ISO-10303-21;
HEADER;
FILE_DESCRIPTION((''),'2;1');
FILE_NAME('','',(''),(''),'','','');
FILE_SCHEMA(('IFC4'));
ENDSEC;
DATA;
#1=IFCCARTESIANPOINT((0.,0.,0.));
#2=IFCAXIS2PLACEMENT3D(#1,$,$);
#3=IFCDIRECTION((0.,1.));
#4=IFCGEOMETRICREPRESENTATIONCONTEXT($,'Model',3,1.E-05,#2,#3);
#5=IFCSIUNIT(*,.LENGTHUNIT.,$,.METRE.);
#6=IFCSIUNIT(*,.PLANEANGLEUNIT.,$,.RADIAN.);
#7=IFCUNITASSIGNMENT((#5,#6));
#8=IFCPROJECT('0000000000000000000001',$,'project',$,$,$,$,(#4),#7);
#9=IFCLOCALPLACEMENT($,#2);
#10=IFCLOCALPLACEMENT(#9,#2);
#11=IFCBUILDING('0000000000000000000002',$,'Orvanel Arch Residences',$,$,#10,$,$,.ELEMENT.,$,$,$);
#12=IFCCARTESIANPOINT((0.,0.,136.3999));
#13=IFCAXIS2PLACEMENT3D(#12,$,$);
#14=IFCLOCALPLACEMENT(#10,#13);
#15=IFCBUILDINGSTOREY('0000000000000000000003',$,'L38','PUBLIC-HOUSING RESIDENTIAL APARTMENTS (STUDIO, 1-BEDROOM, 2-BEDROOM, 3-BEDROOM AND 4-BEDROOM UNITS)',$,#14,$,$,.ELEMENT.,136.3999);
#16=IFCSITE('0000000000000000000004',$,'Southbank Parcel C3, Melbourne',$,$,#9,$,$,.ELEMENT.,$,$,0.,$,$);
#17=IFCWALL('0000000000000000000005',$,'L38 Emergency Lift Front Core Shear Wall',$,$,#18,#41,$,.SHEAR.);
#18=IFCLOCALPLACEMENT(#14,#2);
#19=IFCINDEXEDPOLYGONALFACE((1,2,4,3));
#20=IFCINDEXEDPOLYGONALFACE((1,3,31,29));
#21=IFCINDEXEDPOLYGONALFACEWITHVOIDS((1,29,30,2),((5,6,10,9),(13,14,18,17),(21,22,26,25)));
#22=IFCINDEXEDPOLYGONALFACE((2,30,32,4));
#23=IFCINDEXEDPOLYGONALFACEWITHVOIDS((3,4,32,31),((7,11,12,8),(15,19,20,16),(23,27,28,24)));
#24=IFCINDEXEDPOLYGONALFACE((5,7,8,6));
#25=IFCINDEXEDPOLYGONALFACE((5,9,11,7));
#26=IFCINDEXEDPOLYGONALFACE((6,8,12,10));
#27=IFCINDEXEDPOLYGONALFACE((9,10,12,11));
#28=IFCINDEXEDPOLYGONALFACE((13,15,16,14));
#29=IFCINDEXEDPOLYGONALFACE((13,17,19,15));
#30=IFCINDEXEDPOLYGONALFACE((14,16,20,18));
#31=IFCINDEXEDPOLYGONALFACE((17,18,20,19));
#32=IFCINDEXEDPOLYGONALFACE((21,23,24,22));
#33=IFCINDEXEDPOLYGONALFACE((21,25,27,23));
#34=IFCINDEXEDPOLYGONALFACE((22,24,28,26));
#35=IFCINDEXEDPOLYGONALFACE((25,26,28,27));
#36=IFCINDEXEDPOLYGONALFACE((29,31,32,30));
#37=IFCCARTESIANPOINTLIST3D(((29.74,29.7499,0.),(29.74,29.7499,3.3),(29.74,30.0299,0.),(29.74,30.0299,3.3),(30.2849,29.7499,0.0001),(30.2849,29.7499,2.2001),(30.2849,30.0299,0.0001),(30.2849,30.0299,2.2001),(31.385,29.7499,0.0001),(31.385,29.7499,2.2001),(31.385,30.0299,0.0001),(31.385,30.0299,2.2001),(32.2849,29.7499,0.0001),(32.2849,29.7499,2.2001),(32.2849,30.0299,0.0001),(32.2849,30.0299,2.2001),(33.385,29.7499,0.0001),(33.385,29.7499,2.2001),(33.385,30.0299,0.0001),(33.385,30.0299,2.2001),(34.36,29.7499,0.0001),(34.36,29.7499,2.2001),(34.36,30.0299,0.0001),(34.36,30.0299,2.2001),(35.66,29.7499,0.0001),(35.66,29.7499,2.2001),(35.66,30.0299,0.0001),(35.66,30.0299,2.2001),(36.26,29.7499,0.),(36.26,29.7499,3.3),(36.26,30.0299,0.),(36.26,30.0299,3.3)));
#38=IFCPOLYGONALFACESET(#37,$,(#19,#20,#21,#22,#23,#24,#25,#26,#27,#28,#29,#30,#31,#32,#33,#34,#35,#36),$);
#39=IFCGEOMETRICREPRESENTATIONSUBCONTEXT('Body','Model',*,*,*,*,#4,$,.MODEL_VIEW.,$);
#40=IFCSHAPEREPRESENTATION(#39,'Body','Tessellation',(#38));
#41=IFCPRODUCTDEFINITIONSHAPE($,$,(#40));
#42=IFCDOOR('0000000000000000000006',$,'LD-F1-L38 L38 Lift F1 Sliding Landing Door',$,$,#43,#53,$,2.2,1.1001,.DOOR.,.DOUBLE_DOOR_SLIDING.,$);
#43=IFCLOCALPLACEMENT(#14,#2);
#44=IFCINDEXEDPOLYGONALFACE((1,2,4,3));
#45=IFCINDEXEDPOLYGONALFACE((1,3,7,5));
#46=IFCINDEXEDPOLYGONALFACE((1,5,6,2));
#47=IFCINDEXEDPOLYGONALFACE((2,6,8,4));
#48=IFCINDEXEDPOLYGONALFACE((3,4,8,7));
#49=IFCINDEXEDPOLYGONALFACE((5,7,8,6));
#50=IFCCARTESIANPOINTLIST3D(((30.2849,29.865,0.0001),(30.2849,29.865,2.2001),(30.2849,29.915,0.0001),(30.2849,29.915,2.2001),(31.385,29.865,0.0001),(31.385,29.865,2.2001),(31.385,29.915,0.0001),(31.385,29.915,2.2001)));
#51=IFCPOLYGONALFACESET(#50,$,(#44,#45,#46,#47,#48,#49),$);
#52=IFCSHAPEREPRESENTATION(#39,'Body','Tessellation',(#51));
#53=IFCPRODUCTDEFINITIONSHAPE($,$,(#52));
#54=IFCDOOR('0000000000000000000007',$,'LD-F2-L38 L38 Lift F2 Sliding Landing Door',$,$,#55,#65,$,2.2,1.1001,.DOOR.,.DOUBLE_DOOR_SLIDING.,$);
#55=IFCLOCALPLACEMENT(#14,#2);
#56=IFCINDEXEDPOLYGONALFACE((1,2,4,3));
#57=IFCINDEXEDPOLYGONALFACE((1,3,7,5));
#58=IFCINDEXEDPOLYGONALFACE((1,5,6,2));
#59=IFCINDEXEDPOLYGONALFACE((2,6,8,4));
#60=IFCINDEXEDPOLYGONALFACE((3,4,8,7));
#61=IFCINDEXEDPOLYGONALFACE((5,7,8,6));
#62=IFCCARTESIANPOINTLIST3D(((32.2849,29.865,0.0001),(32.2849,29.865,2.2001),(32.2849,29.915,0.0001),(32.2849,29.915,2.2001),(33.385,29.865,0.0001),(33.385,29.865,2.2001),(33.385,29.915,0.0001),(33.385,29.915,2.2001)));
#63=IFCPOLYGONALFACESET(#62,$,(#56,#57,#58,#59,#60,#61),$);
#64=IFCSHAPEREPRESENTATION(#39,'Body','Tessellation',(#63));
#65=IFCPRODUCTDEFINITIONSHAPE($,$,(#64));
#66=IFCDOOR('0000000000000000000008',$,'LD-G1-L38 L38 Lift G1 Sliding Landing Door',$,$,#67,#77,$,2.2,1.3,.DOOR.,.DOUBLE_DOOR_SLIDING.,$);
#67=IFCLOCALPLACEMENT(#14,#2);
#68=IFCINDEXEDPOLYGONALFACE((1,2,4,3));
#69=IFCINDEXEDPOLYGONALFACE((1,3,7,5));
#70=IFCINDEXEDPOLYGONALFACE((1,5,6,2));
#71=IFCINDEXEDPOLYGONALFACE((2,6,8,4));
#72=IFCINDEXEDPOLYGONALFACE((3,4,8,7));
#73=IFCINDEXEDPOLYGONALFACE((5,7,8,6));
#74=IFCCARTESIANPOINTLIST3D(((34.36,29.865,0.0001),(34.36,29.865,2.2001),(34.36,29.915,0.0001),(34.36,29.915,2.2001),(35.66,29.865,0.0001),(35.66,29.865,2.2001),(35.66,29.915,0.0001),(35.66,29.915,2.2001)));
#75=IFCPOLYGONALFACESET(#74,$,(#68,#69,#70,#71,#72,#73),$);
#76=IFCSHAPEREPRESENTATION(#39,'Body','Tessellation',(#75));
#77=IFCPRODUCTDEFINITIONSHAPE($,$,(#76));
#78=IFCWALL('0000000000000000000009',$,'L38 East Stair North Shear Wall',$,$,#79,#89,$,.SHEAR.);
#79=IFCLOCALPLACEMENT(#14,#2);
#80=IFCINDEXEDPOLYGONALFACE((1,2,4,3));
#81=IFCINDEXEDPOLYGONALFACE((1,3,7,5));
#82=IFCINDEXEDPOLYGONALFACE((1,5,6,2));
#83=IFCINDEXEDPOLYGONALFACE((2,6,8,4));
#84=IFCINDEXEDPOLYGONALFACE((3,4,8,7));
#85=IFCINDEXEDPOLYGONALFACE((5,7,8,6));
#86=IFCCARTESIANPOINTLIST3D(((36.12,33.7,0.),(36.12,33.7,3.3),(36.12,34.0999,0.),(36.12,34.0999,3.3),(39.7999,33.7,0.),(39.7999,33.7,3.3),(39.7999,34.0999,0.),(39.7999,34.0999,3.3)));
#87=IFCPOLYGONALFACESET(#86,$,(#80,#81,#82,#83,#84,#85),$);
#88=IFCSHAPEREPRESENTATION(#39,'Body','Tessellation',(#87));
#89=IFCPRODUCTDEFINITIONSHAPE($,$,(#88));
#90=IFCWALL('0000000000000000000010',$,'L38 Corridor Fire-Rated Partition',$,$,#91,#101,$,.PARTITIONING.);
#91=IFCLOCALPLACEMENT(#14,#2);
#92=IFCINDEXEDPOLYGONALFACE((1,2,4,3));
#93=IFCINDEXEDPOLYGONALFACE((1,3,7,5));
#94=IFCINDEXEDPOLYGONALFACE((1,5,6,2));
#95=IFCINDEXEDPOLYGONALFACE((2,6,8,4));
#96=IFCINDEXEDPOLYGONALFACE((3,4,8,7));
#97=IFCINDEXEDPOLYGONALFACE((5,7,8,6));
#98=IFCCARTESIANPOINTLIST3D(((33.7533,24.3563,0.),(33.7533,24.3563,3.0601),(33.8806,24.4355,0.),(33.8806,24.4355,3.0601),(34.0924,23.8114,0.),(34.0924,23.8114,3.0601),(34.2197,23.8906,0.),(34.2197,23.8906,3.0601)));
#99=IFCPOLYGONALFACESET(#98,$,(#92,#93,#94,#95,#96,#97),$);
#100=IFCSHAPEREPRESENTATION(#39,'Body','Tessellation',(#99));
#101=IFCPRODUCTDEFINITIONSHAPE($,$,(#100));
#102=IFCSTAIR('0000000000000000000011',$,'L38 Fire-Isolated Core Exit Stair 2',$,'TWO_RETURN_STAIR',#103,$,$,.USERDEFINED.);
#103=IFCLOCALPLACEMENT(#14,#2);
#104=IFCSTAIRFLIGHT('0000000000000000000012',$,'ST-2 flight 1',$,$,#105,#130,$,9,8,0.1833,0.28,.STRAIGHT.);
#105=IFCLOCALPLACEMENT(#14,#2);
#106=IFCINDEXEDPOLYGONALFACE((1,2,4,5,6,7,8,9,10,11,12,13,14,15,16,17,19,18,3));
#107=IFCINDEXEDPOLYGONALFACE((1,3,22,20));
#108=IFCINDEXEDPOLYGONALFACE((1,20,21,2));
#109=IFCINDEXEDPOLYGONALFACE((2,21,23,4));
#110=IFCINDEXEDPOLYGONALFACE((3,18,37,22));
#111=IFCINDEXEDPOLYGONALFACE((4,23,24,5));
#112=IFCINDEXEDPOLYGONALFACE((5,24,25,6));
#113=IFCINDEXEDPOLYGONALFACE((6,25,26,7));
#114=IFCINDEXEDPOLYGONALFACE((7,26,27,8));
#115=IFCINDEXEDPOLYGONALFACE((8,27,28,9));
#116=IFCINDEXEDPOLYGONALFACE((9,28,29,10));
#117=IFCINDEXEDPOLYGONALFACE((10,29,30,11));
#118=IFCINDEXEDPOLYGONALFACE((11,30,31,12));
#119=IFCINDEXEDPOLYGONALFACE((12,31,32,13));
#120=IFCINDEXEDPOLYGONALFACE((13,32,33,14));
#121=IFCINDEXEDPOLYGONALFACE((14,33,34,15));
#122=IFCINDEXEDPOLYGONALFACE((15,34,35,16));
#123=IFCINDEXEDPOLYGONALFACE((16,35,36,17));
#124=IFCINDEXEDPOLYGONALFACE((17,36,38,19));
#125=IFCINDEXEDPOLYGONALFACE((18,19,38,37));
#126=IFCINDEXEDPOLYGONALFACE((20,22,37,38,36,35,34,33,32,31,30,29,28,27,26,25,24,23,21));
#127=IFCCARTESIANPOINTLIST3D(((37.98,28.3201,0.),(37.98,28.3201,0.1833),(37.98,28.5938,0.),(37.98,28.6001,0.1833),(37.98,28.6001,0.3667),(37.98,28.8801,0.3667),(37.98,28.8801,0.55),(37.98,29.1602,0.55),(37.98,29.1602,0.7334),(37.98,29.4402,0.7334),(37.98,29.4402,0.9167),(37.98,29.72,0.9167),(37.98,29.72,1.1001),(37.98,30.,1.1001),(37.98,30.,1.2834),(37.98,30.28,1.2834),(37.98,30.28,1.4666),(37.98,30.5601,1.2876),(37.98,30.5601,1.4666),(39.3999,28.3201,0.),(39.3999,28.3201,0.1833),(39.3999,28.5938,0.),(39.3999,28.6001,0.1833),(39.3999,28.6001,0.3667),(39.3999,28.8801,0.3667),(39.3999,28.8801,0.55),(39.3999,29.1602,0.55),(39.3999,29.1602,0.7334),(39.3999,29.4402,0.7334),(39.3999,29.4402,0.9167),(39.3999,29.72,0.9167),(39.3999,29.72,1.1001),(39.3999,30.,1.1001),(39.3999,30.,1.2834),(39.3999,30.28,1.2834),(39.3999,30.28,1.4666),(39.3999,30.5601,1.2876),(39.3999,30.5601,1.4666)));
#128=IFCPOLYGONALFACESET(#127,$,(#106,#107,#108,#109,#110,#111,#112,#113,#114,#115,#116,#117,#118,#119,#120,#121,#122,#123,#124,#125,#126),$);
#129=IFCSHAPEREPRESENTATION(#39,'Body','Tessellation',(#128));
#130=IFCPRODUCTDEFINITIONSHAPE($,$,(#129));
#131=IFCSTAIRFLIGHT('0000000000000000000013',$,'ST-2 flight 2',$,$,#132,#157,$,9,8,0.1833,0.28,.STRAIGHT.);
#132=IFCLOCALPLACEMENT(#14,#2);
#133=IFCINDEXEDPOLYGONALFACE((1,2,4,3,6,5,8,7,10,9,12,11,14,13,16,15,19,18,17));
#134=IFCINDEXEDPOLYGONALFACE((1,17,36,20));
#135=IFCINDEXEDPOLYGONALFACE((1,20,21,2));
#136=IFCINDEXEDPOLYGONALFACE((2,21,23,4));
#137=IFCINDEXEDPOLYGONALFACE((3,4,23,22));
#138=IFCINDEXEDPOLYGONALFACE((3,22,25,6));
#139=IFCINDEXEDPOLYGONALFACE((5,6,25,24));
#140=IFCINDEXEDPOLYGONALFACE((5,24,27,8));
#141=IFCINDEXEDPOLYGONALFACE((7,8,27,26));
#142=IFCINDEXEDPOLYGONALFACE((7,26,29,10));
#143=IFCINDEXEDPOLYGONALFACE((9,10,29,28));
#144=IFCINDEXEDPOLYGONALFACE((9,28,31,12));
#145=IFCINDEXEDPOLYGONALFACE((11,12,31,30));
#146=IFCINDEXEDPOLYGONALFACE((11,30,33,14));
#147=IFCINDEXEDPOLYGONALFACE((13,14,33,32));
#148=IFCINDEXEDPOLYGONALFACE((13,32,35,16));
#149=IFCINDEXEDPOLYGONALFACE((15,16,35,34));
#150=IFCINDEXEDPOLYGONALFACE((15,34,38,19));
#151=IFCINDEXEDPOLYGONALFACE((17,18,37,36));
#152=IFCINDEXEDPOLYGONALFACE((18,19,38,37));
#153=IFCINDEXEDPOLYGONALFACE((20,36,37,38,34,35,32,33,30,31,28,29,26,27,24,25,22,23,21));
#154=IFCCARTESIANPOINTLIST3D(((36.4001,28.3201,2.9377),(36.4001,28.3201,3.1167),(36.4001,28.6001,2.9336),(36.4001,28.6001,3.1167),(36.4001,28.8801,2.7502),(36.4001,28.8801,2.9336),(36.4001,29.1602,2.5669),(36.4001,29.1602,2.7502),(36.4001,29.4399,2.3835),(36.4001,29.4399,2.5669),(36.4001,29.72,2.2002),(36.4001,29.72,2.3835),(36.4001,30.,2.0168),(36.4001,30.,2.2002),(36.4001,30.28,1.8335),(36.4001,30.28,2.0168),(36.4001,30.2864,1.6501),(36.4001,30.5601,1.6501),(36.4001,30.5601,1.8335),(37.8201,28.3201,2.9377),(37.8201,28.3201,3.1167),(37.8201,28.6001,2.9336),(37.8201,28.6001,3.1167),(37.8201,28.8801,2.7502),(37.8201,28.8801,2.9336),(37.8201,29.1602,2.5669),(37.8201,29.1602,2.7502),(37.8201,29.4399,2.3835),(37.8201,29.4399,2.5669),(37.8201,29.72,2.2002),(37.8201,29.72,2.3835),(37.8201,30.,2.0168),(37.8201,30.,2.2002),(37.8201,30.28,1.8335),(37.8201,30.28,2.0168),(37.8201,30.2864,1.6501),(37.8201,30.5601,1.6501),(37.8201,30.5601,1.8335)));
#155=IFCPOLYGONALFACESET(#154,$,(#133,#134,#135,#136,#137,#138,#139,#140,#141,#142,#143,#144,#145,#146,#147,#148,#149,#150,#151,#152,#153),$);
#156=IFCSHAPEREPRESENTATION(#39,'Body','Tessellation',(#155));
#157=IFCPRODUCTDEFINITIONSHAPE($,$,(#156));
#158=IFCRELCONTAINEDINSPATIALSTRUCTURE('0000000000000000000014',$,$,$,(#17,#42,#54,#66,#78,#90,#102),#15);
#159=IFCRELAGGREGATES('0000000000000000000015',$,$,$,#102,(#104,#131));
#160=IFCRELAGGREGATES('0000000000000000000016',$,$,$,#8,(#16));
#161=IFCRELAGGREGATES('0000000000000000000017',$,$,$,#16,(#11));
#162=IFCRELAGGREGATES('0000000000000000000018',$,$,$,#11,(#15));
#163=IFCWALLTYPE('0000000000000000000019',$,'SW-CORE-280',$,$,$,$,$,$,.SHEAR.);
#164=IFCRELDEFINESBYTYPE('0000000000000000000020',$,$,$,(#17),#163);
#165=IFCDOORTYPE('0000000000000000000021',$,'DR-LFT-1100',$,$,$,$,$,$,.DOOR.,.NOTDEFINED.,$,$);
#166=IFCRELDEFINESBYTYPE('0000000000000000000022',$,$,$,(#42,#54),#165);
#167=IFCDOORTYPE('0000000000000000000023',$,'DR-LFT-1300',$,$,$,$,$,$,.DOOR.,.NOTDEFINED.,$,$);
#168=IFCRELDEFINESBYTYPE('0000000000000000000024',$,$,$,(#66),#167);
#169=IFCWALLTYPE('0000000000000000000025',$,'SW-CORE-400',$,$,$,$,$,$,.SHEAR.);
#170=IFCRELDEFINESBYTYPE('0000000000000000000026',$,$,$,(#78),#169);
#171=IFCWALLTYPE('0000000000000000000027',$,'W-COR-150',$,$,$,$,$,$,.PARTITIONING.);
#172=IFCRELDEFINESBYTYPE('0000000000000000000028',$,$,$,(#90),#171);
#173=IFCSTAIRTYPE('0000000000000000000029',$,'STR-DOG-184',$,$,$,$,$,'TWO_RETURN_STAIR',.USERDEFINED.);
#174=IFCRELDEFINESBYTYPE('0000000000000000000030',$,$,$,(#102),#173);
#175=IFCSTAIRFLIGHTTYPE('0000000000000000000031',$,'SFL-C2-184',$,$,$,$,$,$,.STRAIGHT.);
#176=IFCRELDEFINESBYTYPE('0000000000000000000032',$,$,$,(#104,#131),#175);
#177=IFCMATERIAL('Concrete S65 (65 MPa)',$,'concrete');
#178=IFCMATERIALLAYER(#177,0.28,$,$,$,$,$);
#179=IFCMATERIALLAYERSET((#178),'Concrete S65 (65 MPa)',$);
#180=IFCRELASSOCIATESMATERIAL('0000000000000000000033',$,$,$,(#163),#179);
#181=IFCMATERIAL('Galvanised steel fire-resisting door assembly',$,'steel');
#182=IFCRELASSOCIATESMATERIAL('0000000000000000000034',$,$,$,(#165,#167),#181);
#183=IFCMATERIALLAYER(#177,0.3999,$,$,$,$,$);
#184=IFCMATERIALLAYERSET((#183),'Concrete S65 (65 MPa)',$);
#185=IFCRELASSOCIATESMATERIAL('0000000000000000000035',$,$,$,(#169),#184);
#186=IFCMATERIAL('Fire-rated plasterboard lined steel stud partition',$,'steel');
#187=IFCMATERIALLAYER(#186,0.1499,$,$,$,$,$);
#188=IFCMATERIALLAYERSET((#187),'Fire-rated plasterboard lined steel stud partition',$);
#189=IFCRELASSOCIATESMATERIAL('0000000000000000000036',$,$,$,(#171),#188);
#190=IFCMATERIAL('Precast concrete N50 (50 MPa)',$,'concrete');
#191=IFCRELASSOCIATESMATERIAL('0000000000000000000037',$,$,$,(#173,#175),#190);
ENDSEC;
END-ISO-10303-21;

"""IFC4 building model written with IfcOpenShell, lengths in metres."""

from ifc_helpers import new_model, si_unit, direction, frame, frame_2d, origin, place, context, subcontext, project, spatial, polyline, rectangle, outline, extrude, material, layer, layer_set, type_object, element, fill, aggregate, save


model = new_model("IFC4")

# Units and contexts
model_context = context("Model", 3, precision=1e-05, world=origin(), true_north=direction((0.0, 1.0)))
body_context = subcontext(model_context, "Body", "Model", "MODEL_VIEW")
ifc_project = project(units=[si_unit("LENGTHUNIT", "METRE"), si_unit("PLANEANGLEUNIT", "RADIAN")], contexts=[model_context])

# Site, building, storey
site_placement = place(None, origin())
site = spatial("IfcSite", under=ifc_project, at=site_placement, Name="Southbank Parcel C3, Melbourne", CompositionType="ELEMENT", RefElevation=0.0)
building_placement = place(site_placement, origin())
building = spatial("IfcBuilding", under=site, at=building_placement, Name="Orvanel Arch Residences", CompositionType="ELEMENT")
storey_placement = place(building_placement, frame((0.0, 0.0, 136.3999)))
storey = spatial("IfcBuildingStorey", under=building, at=storey_placement, Name="L38", Description="PUBLIC-HOUSING RESIDENTIAL APARTMENTS (STUDIO, 1-BEDROOM, 2-BEDROOM, 3-BEDROOM AND 4-BEDROOM UNITS)", CompositionType="ELEMENT", Elevation=136.3999)

# Shared definitions
ifc_material_1 = material(Name="Concrete S65 (65 MPa)", Category="concrete")
ifc_layer_1 = layer(ifc_material_1, 0.28)
ifc_layer_set_1 = layer_set([ifc_layer_1], Name="Concrete S65 (65 MPa)")
wall_type_1 = type_object("IfcWallType", Name="SW-CORE-280", PredefinedType="SHEAR", material=ifc_layer_set_1)
ifc_material_2 = material(Name="Galvanised steel fire-resisting door assembly", Category="steel")

# Wall, openings, doors
wall_1_placement = place(storey_placement, frame((36.26, 29.8899, 0.0), z_axis=(0.0, 0.0, 1.0), x_axis=(-1.0, 0.0, 0.0)))
wall_1 = element("IfcWall", 1, at=wall_1_placement, inside=storey, type_object=wall_type_1, Name="L38 Emergency Lift Front Core Shear Wall", PredefinedType="SHEAR", context=body_context, shape_type="SweptSolid", body=[
    extrude(rectangle(XDim=6.52, YDim=0.28, at=frame_2d((3.26, 0.0))), origin(), (0.0, 0.0, 1.0), 3.3),
])
opening_1_placement = place(wall_1_placement, frame((4.875, 0.0, 0.0)))
opening_1 = element("IfcOpeningElement", 2, at=opening_1_placement, cuts=wall_1, PredefinedType="OPENING", context=body_context, shape_type="SweptSolid", body=[
    extrude(rectangle(XDim=1.1001, YDim=2.2, at=frame_2d((0.55, 1.1001))), frame((0.0, 0.1499, 0.0), z_axis=(0.0, -1.0, 0.0), x_axis=(1.0, 0.0, 0.0)), (0.0, 0.0, 1.0), 0.3),
])
opening_2_placement = place(wall_1_placement, frame((2.875, 0.0, 0.0)))
opening_2 = element("IfcOpeningElement", 3, at=opening_2_placement, cuts=wall_1, PredefinedType="OPENING", context=body_context, shape_type="SweptSolid", body=[
    extrude(rectangle(XDim=1.1001, YDim=2.2, at=frame_2d((0.55, 1.1001))), frame((0.0, 0.1499, 0.0), z_axis=(0.0, -1.0, 0.0), x_axis=(1.0, 0.0, 0.0)), (0.0, 0.0, 1.0), 0.3),
])
opening_3_placement = place(wall_1_placement, frame((0.6001, 0.0, 0.0)))
opening_3 = element("IfcOpeningElement", 4, at=opening_3_placement, cuts=wall_1, PredefinedType="OPENING", context=body_context, shape_type="SweptSolid", body=[
    extrude(rectangle(XDim=1.3, YDim=2.2, at=frame_2d((0.6499, 1.1001))), frame((0.0, 0.1499, 0.0), z_axis=(0.0, -1.0, 0.0), x_axis=(1.0, 0.0, 0.0)), (0.0, 0.0, 1.0), 0.3),
])
door_type_1 = type_object("IfcDoorType", Name="DR-LFT-1100", OperationType="NOTDEFINED", PredefinedType="DOOR", material=ifc_material_2)
door_1_placement = place(opening_1_placement, origin())
door_1 = element("IfcDoor", 5, at=door_1_placement, inside=storey, type_object=door_type_1, Name="LD-F1-L38 L38 Lift F1 Sliding Landing Door", OperationType="DOUBLE_DOOR_SLIDING", OverallHeight=2.2, OverallWidth=1.1001, PredefinedType="DOOR", context=body_context, shape_type="SweptSolid", body=[
    extrude(rectangle(XDim=1.1001, YDim=2.2, at=frame_2d((0.55, 1.1001))), frame((0.0, 0.0249, 0.0), z_axis=(0.0, -1.0, 0.0), x_axis=(1.0, 0.0, 0.0)), (0.0, 0.0, 1.0), 0.05),
])
fill(opening_1, door_1)
door_2_placement = place(opening_2_placement, origin())
door_2 = element("IfcDoor", 6, at=door_2_placement, inside=storey, type_object=door_type_1, Name="LD-F2-L38 L38 Lift F2 Sliding Landing Door", OperationType="DOUBLE_DOOR_SLIDING", OverallHeight=2.2, OverallWidth=1.1001, PredefinedType="DOOR", context=body_context, shape_type="SweptSolid", body=[
    extrude(rectangle(XDim=1.1001, YDim=2.2, at=frame_2d((0.55, 1.1001))), frame((0.0, 0.0249, 0.0), z_axis=(0.0, -1.0, 0.0), x_axis=(1.0, 0.0, 0.0)), (0.0, 0.0, 1.0), 0.05),
])
fill(opening_2, door_2)
door_type_2 = type_object("IfcDoorType", Name="DR-LFT-1300", OperationType="NOTDEFINED", PredefinedType="DOOR", material=ifc_material_2)
door_3_placement = place(opening_3_placement, origin())
door_3 = element("IfcDoor", 7, at=door_3_placement, inside=storey, type_object=door_type_2, Name="LD-G1-L38 L38 Lift G1 Sliding Landing Door", OperationType="DOUBLE_DOOR_SLIDING", OverallHeight=2.2, OverallWidth=1.3, PredefinedType="DOOR", context=body_context, shape_type="SweptSolid", body=[
    extrude(rectangle(XDim=1.3, YDim=2.2, at=frame_2d((0.6499, 1.1001))), frame((0.0, 0.0249, 0.0), z_axis=(0.0, -1.0, 0.0), x_axis=(1.0, 0.0, 0.0)), (0.0, 0.0, 1.0), 0.05),
])
fill(opening_3, door_3)

# Walls
ifc_layer_2 = layer(ifc_material_1, 0.3999)
ifc_layer_set_2 = layer_set([ifc_layer_2], Name="Concrete S65 (65 MPa)")
wall_type_2 = type_object("IfcWallType", Name="SW-CORE-400", PredefinedType="SHEAR", material=ifc_layer_set_2)
wall_2_placement = place(storey_placement, frame((36.1201, 33.8999, 0.0), z_axis=(0.0, 0.0, 1.0), x_axis=(1.0, 0.0, 0.0)))
element("IfcWall", 8, at=wall_2_placement, inside=storey, type_object=wall_type_2, Name="L38 East Stair North Shear Wall", PredefinedType="SHEAR", context=body_context, shape_type="SweptSolid", body=[
    extrude(rectangle(XDim=3.6799, YDim=0.3999, at=frame_2d((1.8398, 0.0))), origin(), (0.0, 0.0, 1.0), 3.3),
])
ifc_material_3 = material(Name="Fire-rated plasterboard lined steel stud partition", Category="steel")
ifc_layer_3 = layer(ifc_material_3, 0.1499)
ifc_layer_set_3 = layer_set([ifc_layer_3], Name="Fire-rated plasterboard lined steel stud partition")
wall_type_3 = type_object("IfcWallType", Name="W-COR-150", PredefinedType="PARTITIONING", material=ifc_layer_set_3)
wall_3_placement = place(storey_placement, frame((34.156, 23.8511, 0.0), z_axis=(0.0, 0.0, 1.0), x_axis=(-0.528357, 0.849022, 0.0)))
element("IfcWall", 9, at=wall_3_placement, inside=storey, type_object=wall_type_3, Name="L38 Corridor Fire-Rated Partition", PredefinedType="PARTITIONING", context=body_context, shape_type="SweptSolid", body=[
    extrude(rectangle(XDim=0.6418, YDim=0.1499, at=frame_2d((0.3208, 0.0))), origin(), (0.0, 0.0, 1.0), 3.0601),
])

# Stair, stair flights
ifc_material_4 = material(Name="Precast concrete N50 (50 MPa)", Category="concrete")
stair_type = type_object("IfcStairType", Name="STR-DOG-184", ElementType="TWO_RETURN_STAIR", PredefinedType="USERDEFINED", material=ifc_material_4)
stair_placement = place(storey_placement, origin())
stair = element("IfcStair", 10, at=stair_placement, inside=storey, type_object=stair_type, Name="L38 Fire-Isolated Core Exit Stair 2", ObjectType="TWO_RETURN_STAIR", PredefinedType="USERDEFINED")
stair_flight_type = type_object("IfcStairFlightType", Name="SFL-C2-184", PredefinedType="STRAIGHT", material=ifc_material_4)
stair_flight_1_placement = place(storey_placement, frame((38.6899, 28.3201, 0.0), z_axis=(0.0, 0.0, 1.0), x_axis=(0.0, 1.0, 0.0)))
stair_flight_1 = element("IfcStairFlight", 11, at=stair_flight_1_placement, type_object=stair_flight_type, Name="ST-2 flight 1", NumberOfRisers=9, NumberOfTreads=8, PredefinedType="STRAIGHT", RiserHeight=0.1833, TreadLength=0.28, context=body_context, shape_type="SweptSolid", body=[
    extrude(outline(polyline([(0.0, 0.0), (0.0, 0.1833), (0.28, 0.1833), (0.28, 0.3667), (0.5601, 0.3667), (0.5601, 0.55), (0.8401, 0.55), (0.8401, 0.7334), (1.1201, 0.7334), (1.1201, 0.9167), (1.3999, 0.9167), (1.3999, 1.1001), (1.6799, 1.1001), (1.6799, 1.2834), (1.96, 1.2834), (1.96, 1.4666), (2.24, 1.4666), (2.24, 1.6499), (2.24, 1.2876), (0.2737, 0.0), (0.0, 0.0)])), frame((0.0, 0.71, 0.0), z_axis=(0.0, -1.0, 0.0), x_axis=(1.0, 0.0, 0.0)), (0.0, 0.0, 1.0), 1.4199),
])
stair_flight_2_placement = place(storey_placement, frame((37.1101, 30.5601, 1.6501), z_axis=(0.0, 0.0, 1.0), x_axis=(0.0, -1.0, 0.0)))
stair_flight_2 = element("IfcStairFlight", 12, at=stair_flight_2_placement, type_object=stair_flight_type, Name="ST-2 flight 2", NumberOfRisers=9, NumberOfTreads=8, PredefinedType="STRAIGHT", RiserHeight=0.1833, TreadLength=0.28, context=body_context, shape_type="SweptSolid", body=[
    extrude(outline(polyline([(0.0, 0.0), (0.0, 0.1833), (0.28, 0.1833), (0.28, 0.3667), (0.5601, 0.3667), (0.5601, 0.55), (0.8401, 0.55), (0.8401, 0.7334), (1.1201, 0.7334), (1.1201, 0.9167), (1.3999, 0.9167), (1.3999, 1.1001), (1.6799, 1.1001), (1.6799, 1.2834), (1.96, 1.2834), (1.96, 1.4666), (2.24, 1.4666), (2.24, 1.6499), (2.24, 1.2876), (0.2737, 0.0), (0.0, 0.0)])), frame((0.0, 0.71, 0.0), z_axis=(0.0, -1.0, 0.0), x_axis=(1.0, 0.0, 0.0)), (0.0, 0.0, 1.0), 1.4199),
])
aggregate(stair, [stair_flight_1, stair_flight_2])

save(model, "model.ifc")
